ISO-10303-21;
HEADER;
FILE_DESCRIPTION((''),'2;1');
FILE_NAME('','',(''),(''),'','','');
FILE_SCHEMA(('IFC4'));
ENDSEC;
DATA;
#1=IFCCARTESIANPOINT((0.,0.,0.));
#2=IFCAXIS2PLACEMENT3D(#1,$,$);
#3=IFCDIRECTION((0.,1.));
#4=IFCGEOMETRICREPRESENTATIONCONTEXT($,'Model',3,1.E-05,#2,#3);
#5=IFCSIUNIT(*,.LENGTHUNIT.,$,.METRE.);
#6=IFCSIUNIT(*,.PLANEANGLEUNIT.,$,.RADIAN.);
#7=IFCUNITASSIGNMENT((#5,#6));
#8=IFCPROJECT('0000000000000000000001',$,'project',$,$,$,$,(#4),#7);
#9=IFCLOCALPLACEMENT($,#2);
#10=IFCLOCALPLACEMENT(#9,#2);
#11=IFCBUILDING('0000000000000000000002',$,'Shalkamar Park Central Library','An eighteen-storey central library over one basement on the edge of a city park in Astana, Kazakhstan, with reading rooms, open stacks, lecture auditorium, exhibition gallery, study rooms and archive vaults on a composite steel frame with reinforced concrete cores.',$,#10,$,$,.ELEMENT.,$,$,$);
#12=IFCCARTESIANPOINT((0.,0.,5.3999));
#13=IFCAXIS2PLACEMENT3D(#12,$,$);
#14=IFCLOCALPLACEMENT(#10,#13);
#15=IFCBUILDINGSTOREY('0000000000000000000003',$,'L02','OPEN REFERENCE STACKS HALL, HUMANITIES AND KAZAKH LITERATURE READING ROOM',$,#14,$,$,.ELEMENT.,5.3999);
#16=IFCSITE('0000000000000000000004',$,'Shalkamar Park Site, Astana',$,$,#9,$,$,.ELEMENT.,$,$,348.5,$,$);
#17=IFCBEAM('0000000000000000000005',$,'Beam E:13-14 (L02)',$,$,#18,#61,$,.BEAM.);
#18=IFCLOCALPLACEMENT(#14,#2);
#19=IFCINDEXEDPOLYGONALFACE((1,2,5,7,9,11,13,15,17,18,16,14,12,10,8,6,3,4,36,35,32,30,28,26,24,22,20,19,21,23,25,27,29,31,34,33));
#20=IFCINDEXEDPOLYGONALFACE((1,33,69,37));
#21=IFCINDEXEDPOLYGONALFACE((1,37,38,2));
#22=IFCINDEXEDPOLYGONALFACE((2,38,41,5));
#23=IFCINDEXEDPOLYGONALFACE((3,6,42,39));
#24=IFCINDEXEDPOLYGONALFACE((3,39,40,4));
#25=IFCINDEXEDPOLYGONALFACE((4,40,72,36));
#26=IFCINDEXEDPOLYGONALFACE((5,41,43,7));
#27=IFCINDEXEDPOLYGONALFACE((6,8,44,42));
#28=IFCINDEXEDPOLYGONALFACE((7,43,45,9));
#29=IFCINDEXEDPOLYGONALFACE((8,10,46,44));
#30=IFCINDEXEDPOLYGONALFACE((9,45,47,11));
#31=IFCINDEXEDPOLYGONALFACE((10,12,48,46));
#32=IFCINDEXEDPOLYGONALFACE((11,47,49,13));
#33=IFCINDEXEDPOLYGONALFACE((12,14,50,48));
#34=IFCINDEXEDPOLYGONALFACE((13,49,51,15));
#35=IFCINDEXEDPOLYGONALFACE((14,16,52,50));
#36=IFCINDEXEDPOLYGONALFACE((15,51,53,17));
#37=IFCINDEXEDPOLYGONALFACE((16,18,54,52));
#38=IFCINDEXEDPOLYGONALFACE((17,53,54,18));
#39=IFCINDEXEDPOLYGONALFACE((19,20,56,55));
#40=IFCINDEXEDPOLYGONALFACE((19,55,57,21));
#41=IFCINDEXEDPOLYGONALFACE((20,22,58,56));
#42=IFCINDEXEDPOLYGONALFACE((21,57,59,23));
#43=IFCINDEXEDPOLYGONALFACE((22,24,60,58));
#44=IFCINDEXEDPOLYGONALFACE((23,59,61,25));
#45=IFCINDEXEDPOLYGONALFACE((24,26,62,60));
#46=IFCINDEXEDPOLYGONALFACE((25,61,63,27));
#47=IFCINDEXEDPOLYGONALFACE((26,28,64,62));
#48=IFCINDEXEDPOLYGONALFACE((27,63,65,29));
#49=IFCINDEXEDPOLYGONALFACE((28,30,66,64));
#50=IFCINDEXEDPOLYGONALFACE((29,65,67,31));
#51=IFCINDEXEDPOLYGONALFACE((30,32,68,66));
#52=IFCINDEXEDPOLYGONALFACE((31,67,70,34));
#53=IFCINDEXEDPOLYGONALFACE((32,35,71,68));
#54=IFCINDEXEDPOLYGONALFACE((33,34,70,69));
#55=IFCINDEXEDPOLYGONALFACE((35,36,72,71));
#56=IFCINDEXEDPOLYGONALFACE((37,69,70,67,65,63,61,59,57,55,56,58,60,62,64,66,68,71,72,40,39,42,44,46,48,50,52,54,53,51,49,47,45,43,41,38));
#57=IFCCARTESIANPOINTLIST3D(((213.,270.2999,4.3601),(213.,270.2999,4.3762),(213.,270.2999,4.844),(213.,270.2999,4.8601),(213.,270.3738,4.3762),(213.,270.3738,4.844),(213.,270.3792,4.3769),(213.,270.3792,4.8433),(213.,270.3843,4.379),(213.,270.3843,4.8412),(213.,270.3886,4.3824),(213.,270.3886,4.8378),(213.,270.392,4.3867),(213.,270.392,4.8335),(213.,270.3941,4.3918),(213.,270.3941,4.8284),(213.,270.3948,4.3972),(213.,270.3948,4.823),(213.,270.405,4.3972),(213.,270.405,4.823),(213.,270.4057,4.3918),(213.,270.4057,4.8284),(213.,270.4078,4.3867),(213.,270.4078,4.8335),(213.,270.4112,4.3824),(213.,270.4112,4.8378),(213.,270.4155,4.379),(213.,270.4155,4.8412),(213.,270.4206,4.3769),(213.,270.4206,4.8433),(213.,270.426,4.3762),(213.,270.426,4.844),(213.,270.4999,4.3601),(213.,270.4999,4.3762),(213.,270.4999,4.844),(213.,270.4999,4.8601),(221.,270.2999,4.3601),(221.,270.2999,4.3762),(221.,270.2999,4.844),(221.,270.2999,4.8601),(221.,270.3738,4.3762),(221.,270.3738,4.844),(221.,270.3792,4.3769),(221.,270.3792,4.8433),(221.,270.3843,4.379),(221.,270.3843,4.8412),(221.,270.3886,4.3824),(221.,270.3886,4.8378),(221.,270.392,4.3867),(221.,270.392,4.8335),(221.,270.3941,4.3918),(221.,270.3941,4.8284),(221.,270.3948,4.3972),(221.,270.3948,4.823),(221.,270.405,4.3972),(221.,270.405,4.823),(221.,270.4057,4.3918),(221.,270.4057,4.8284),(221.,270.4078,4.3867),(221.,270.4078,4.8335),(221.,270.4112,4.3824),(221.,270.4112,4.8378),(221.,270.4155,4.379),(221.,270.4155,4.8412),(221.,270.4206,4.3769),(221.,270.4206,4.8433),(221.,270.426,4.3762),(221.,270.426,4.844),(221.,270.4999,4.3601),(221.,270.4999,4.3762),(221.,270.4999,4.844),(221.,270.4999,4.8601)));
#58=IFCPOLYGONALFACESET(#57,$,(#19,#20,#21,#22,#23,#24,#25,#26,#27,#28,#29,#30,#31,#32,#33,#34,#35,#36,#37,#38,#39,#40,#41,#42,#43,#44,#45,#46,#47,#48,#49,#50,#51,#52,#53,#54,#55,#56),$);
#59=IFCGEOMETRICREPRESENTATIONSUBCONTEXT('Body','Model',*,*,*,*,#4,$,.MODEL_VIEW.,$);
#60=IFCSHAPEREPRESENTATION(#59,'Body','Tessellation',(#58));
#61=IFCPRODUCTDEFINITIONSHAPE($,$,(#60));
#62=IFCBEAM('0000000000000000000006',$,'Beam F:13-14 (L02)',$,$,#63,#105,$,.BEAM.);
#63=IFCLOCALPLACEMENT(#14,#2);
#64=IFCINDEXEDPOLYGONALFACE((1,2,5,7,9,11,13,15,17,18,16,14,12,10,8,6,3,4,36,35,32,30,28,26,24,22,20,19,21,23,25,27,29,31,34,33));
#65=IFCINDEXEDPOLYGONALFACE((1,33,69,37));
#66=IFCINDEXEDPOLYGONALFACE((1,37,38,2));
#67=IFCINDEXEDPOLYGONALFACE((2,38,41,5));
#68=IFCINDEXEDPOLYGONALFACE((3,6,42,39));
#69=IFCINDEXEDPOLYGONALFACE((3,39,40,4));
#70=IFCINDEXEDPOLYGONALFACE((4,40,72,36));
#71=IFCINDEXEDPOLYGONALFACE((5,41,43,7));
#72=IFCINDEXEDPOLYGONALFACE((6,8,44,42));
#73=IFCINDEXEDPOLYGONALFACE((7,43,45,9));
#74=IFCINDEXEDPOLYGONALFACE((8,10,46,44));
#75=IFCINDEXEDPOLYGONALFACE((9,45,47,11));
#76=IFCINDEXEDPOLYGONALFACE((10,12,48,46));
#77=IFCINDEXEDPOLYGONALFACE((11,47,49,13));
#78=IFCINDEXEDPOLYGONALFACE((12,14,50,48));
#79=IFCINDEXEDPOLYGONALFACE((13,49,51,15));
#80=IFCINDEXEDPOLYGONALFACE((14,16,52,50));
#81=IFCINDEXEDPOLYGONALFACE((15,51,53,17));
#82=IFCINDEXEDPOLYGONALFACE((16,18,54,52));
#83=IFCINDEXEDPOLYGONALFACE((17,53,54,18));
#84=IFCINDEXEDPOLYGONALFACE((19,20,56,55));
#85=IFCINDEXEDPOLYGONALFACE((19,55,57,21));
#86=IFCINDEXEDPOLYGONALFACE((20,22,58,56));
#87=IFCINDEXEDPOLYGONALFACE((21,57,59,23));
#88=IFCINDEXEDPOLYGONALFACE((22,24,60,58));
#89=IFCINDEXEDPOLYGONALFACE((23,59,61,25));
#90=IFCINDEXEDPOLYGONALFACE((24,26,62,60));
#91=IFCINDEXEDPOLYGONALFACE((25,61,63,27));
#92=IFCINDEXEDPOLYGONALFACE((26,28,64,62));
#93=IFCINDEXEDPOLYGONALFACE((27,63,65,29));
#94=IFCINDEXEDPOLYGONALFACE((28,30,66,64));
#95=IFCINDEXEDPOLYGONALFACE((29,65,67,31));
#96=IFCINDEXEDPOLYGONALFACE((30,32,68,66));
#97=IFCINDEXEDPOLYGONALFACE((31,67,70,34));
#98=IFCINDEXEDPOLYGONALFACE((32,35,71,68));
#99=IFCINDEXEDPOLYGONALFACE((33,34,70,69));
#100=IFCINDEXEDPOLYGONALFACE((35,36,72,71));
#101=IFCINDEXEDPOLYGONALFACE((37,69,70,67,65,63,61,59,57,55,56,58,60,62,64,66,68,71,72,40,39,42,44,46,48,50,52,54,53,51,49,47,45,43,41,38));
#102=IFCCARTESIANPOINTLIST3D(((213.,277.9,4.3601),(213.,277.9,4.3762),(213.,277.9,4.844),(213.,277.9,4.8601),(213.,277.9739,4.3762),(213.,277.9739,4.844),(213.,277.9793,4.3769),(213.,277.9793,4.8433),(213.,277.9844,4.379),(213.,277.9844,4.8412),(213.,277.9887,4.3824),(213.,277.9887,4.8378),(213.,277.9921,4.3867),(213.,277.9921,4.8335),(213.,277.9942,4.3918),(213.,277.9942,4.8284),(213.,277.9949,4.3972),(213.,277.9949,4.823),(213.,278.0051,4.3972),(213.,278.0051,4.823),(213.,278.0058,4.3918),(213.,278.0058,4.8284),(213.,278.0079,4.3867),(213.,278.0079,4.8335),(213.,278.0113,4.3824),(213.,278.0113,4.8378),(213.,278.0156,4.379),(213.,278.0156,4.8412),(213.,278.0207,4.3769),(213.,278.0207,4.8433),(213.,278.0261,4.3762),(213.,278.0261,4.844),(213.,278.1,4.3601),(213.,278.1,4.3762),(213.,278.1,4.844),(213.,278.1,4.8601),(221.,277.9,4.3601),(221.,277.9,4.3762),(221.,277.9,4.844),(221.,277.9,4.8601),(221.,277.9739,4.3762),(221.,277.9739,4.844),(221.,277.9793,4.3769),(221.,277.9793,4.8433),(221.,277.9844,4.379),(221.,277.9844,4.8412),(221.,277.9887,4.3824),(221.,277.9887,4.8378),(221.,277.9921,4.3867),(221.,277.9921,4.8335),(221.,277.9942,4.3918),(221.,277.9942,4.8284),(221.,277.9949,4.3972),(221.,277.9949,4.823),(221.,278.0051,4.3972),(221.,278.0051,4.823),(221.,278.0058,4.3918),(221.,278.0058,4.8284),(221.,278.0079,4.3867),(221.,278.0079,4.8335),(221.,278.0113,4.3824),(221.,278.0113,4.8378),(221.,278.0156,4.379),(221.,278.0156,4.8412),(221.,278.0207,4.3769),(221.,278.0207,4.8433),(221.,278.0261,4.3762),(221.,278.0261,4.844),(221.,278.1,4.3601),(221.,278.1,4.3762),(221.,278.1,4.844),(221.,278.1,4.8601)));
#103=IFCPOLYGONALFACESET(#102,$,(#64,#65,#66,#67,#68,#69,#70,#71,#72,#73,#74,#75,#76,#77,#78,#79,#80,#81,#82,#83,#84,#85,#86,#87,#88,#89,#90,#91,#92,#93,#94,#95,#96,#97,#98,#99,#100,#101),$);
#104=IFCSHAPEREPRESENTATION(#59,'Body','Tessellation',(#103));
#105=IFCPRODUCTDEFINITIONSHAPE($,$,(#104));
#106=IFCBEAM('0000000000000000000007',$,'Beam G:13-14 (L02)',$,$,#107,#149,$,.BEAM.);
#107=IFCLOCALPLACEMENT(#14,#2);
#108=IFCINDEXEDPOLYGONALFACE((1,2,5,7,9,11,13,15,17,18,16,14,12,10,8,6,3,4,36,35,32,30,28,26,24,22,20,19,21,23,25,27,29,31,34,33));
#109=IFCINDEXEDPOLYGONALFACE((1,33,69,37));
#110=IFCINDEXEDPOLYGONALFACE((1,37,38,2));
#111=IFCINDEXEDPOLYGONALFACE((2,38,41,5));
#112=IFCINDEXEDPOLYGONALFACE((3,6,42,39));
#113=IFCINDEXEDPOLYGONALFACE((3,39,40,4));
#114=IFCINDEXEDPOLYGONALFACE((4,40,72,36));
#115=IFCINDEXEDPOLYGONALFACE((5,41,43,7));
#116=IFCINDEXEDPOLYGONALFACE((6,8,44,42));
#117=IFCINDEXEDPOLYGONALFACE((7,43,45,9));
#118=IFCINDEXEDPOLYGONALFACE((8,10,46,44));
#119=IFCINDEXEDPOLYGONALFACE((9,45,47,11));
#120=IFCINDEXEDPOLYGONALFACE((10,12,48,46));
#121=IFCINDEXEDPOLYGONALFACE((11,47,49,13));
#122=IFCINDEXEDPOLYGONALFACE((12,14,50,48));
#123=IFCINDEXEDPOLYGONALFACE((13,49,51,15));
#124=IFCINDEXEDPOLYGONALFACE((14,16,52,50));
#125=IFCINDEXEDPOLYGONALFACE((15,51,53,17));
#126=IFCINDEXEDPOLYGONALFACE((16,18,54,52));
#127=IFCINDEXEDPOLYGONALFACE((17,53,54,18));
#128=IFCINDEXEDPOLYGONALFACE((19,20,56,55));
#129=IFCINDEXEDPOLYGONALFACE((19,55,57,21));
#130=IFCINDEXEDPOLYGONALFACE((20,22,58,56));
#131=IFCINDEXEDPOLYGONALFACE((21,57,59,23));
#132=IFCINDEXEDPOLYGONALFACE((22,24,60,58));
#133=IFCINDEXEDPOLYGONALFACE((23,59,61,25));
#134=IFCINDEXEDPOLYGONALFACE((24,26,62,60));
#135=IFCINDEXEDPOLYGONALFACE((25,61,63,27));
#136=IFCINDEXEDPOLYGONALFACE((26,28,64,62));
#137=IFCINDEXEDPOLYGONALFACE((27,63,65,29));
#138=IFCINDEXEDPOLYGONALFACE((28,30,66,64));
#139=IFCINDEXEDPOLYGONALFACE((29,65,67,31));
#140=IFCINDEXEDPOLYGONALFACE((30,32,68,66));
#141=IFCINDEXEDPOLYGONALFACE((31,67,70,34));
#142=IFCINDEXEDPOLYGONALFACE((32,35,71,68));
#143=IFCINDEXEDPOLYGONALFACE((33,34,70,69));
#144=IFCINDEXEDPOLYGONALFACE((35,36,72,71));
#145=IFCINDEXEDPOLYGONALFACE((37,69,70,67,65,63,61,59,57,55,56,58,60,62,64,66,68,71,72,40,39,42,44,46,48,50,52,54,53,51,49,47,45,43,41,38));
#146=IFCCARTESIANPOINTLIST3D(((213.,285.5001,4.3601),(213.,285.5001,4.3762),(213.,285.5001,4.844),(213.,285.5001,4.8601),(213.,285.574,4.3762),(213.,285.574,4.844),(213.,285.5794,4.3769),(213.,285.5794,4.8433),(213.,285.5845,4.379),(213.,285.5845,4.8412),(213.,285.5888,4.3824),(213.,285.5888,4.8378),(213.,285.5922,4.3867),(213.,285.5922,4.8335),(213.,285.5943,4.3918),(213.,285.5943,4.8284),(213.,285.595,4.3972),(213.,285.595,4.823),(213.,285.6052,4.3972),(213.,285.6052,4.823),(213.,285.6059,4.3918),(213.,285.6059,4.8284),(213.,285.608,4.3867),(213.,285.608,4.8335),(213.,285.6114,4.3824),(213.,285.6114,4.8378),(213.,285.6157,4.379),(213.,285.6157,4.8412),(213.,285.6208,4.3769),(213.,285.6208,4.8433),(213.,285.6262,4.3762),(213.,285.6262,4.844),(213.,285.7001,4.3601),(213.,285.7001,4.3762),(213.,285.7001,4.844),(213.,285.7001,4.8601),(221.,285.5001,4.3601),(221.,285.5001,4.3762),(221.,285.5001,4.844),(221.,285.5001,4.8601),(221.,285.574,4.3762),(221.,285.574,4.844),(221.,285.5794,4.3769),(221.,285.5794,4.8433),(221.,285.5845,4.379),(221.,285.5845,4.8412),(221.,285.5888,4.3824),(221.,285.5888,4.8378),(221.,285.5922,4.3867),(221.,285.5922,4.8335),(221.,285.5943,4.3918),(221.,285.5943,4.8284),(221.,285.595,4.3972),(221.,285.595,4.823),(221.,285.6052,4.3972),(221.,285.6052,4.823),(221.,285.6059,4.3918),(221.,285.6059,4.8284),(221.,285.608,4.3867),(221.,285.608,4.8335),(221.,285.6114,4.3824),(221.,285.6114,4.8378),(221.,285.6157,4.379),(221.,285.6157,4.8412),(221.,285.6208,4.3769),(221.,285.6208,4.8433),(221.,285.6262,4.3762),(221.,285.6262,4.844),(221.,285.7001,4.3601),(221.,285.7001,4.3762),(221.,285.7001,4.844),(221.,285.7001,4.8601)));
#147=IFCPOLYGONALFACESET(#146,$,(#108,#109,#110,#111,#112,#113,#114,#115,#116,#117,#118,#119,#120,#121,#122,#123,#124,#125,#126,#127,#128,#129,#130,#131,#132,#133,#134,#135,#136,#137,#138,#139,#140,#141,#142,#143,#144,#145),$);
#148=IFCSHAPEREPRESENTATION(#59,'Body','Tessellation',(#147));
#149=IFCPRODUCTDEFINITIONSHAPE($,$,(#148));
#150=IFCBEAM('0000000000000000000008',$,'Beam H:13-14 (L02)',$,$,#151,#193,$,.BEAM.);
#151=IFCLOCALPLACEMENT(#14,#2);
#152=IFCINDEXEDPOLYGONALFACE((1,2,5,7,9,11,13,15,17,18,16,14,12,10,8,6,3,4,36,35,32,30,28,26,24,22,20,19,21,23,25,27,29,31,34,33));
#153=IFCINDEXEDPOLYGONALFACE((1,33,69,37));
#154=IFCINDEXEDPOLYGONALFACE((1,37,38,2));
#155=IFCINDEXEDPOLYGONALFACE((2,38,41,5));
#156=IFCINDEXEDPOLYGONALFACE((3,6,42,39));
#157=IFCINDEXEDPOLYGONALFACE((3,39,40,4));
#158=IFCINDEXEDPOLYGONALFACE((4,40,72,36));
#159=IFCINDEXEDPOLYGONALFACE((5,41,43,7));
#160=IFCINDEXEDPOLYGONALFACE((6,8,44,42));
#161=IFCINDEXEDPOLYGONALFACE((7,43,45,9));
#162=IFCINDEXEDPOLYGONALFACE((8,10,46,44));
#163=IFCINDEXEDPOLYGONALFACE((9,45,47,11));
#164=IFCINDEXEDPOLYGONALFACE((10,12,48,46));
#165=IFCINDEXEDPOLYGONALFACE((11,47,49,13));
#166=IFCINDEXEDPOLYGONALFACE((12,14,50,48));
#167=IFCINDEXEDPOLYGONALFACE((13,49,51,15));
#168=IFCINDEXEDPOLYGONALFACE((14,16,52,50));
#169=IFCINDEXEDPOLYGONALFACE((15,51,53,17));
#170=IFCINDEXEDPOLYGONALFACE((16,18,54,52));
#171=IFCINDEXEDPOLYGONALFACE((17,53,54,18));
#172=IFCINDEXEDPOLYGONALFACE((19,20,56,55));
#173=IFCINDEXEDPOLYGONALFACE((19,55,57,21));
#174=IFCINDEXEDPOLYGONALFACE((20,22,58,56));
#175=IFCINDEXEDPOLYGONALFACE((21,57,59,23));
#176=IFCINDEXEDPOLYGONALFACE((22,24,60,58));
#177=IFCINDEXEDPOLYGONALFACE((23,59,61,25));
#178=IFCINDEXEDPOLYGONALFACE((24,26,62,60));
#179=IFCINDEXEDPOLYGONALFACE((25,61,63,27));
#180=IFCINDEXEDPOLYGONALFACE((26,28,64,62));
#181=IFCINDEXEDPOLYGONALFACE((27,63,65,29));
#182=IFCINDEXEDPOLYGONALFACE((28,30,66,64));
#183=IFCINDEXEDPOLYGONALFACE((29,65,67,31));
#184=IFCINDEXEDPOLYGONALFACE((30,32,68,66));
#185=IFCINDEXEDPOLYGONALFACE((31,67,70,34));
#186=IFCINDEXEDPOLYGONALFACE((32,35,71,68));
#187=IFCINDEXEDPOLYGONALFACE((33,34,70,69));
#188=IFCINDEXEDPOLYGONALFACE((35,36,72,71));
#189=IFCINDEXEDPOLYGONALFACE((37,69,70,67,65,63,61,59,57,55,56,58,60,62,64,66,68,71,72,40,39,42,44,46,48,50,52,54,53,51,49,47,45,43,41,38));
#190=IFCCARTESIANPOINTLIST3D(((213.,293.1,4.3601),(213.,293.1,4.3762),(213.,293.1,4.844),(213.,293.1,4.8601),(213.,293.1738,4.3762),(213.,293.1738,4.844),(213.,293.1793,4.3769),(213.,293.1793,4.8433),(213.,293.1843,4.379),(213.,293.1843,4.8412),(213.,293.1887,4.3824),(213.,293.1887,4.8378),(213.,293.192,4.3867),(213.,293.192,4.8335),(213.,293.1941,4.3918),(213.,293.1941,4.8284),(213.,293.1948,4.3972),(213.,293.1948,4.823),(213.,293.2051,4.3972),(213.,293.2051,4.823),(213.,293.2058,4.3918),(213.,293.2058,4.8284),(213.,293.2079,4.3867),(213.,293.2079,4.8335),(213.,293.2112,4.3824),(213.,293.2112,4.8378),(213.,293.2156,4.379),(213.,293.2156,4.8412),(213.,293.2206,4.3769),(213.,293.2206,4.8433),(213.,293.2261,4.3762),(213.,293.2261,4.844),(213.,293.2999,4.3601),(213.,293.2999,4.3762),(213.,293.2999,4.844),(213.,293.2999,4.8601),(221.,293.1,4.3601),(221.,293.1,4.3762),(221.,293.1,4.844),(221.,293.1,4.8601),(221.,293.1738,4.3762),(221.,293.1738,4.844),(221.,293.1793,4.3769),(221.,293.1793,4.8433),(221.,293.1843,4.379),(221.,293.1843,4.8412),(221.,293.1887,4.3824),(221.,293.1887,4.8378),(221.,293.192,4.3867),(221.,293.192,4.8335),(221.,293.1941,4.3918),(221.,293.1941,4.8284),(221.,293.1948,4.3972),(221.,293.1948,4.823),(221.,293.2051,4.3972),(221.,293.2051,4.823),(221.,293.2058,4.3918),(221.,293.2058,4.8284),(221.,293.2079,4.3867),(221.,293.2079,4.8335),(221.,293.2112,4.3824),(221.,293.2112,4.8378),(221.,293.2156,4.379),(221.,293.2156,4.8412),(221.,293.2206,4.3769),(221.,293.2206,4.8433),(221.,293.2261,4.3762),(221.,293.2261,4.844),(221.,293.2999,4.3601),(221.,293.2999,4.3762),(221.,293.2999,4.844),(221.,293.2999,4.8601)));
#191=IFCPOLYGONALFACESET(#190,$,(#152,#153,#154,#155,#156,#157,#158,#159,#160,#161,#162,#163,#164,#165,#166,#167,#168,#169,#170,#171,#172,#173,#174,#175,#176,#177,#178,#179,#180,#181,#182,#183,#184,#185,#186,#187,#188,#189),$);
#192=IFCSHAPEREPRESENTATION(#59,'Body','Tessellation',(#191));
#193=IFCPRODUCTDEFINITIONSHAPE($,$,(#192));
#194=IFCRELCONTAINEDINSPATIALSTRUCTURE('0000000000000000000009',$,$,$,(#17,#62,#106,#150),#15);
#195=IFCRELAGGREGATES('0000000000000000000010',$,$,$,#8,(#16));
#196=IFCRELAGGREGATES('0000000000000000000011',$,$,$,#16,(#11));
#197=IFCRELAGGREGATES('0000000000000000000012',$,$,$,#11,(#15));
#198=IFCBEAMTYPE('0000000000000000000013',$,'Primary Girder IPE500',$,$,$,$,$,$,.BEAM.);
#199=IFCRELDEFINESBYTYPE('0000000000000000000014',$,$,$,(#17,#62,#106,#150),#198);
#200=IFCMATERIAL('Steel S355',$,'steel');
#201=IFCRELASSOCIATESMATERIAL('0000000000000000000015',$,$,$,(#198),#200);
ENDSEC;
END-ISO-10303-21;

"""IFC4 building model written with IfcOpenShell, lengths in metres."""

from ifc_helpers import new_model, si_unit, direction, frame, origin, origin_2d, place, context, subcontext, project, spatial, i_section, extrude, material, material_profile, profile_set, type_object, element, save


model = new_model("IFC4")

# Units and contexts
model_context = context("Model", 3, precision=1e-05, world=origin(), true_north=direction((0.0, 1.0)))
body_context = subcontext(model_context, "Body", "Model", "MODEL_VIEW")
ifc_project = project(units=[si_unit("LENGTHUNIT", "METRE"), si_unit("PLANEANGLEUNIT", "RADIAN")], contexts=[model_context])

# Site, building, storey
site_placement = place(None, origin())
site = spatial("IfcSite", under=ifc_project, at=site_placement, Name="Shalkamar Park Site, Astana", CompositionType="ELEMENT", RefElevation=348.5)
building_placement = place(site_placement, origin())
building = spatial("IfcBuilding", under=site, at=building_placement, Name="Shalkamar Park Central Library", Description="An eighteen-storey central library over one basement on the edge of a city park in Astana, Kazakhstan, with reading rooms, open stacks, lecture auditorium, exhibition gallery, study rooms and archive vaults on a composite steel frame with reinforced concrete cores.", CompositionType="ELEMENT")
storey_placement = place(building_placement, frame((0.0, 0.0, 5.3999)))
storey = spatial("IfcBuildingStorey", under=building, at=storey_placement, Name="L02", Description="OPEN REFERENCE STACKS HALL, HUMANITIES AND KAZAKH LITERATURE READING ROOM", CompositionType="ELEMENT", Elevation=5.3999)

# Shared definitions
ifc_material = material(Name="Steel S355", Category="steel")

# Beams
ifc_material_profile_1 = material_profile(ifc_material, i_section(OverallWidth=0.2, OverallDepth=0.5, WebThickness=0.0103, FlangeThickness=0.0161, FilletRadius=0.021, at=origin_2d()), Name="IPE 500")
ifc_profile_set_1 = profile_set([ifc_material_profile_1], Name="Steel S355")
beam_type_1 = type_object("IfcBeamType", Name="Primary Girder IPE500", PredefinedType="BEAM", material=ifc_profile_set_1)
for number, where, z_axis, x_axis, name in (
    (1, (213.0, 270.3999, 4.6101), (1.0, 0.0, 0.0), (0.0, 1.0, 0.0), "Beam E:13-14 (L02)"),
    (2, (213.0, 278.0, 4.6101), (1.0, 0.0, 0.0), (0.0, 1.0, 0.0), "Beam F:13-14 (L02)"),
    (3, (213.0, 285.6001, 4.6101), (1.0, 0.0, 0.0), (0.0, 1.0, 0.0), "Beam G:13-14 (L02)"),
    (4, (213.0, 293.2, 4.6101), (1.0, 0.0, 0.0), (0.0, 1.0, 0.0), "Beam H:13-14 (L02)"),
):
    element("IfcBeam", number, at=place(storey_placement, frame(where, z_axis=z_axis, x_axis=x_axis)), inside=storey, type_object=beam_type_1, Name=name, PredefinedType="BEAM", context=body_context, shape_type="SweptSolid", body=[
        extrude(i_section(OverallWidth=0.2, OverallDepth=0.5, WebThickness=0.0103, FlangeThickness=0.0161, FilletRadius=0.021, at=origin_2d()), origin(), (0.0, 0.0, 1.0), 8.0),
    ])

save(model, "model.ifc")
